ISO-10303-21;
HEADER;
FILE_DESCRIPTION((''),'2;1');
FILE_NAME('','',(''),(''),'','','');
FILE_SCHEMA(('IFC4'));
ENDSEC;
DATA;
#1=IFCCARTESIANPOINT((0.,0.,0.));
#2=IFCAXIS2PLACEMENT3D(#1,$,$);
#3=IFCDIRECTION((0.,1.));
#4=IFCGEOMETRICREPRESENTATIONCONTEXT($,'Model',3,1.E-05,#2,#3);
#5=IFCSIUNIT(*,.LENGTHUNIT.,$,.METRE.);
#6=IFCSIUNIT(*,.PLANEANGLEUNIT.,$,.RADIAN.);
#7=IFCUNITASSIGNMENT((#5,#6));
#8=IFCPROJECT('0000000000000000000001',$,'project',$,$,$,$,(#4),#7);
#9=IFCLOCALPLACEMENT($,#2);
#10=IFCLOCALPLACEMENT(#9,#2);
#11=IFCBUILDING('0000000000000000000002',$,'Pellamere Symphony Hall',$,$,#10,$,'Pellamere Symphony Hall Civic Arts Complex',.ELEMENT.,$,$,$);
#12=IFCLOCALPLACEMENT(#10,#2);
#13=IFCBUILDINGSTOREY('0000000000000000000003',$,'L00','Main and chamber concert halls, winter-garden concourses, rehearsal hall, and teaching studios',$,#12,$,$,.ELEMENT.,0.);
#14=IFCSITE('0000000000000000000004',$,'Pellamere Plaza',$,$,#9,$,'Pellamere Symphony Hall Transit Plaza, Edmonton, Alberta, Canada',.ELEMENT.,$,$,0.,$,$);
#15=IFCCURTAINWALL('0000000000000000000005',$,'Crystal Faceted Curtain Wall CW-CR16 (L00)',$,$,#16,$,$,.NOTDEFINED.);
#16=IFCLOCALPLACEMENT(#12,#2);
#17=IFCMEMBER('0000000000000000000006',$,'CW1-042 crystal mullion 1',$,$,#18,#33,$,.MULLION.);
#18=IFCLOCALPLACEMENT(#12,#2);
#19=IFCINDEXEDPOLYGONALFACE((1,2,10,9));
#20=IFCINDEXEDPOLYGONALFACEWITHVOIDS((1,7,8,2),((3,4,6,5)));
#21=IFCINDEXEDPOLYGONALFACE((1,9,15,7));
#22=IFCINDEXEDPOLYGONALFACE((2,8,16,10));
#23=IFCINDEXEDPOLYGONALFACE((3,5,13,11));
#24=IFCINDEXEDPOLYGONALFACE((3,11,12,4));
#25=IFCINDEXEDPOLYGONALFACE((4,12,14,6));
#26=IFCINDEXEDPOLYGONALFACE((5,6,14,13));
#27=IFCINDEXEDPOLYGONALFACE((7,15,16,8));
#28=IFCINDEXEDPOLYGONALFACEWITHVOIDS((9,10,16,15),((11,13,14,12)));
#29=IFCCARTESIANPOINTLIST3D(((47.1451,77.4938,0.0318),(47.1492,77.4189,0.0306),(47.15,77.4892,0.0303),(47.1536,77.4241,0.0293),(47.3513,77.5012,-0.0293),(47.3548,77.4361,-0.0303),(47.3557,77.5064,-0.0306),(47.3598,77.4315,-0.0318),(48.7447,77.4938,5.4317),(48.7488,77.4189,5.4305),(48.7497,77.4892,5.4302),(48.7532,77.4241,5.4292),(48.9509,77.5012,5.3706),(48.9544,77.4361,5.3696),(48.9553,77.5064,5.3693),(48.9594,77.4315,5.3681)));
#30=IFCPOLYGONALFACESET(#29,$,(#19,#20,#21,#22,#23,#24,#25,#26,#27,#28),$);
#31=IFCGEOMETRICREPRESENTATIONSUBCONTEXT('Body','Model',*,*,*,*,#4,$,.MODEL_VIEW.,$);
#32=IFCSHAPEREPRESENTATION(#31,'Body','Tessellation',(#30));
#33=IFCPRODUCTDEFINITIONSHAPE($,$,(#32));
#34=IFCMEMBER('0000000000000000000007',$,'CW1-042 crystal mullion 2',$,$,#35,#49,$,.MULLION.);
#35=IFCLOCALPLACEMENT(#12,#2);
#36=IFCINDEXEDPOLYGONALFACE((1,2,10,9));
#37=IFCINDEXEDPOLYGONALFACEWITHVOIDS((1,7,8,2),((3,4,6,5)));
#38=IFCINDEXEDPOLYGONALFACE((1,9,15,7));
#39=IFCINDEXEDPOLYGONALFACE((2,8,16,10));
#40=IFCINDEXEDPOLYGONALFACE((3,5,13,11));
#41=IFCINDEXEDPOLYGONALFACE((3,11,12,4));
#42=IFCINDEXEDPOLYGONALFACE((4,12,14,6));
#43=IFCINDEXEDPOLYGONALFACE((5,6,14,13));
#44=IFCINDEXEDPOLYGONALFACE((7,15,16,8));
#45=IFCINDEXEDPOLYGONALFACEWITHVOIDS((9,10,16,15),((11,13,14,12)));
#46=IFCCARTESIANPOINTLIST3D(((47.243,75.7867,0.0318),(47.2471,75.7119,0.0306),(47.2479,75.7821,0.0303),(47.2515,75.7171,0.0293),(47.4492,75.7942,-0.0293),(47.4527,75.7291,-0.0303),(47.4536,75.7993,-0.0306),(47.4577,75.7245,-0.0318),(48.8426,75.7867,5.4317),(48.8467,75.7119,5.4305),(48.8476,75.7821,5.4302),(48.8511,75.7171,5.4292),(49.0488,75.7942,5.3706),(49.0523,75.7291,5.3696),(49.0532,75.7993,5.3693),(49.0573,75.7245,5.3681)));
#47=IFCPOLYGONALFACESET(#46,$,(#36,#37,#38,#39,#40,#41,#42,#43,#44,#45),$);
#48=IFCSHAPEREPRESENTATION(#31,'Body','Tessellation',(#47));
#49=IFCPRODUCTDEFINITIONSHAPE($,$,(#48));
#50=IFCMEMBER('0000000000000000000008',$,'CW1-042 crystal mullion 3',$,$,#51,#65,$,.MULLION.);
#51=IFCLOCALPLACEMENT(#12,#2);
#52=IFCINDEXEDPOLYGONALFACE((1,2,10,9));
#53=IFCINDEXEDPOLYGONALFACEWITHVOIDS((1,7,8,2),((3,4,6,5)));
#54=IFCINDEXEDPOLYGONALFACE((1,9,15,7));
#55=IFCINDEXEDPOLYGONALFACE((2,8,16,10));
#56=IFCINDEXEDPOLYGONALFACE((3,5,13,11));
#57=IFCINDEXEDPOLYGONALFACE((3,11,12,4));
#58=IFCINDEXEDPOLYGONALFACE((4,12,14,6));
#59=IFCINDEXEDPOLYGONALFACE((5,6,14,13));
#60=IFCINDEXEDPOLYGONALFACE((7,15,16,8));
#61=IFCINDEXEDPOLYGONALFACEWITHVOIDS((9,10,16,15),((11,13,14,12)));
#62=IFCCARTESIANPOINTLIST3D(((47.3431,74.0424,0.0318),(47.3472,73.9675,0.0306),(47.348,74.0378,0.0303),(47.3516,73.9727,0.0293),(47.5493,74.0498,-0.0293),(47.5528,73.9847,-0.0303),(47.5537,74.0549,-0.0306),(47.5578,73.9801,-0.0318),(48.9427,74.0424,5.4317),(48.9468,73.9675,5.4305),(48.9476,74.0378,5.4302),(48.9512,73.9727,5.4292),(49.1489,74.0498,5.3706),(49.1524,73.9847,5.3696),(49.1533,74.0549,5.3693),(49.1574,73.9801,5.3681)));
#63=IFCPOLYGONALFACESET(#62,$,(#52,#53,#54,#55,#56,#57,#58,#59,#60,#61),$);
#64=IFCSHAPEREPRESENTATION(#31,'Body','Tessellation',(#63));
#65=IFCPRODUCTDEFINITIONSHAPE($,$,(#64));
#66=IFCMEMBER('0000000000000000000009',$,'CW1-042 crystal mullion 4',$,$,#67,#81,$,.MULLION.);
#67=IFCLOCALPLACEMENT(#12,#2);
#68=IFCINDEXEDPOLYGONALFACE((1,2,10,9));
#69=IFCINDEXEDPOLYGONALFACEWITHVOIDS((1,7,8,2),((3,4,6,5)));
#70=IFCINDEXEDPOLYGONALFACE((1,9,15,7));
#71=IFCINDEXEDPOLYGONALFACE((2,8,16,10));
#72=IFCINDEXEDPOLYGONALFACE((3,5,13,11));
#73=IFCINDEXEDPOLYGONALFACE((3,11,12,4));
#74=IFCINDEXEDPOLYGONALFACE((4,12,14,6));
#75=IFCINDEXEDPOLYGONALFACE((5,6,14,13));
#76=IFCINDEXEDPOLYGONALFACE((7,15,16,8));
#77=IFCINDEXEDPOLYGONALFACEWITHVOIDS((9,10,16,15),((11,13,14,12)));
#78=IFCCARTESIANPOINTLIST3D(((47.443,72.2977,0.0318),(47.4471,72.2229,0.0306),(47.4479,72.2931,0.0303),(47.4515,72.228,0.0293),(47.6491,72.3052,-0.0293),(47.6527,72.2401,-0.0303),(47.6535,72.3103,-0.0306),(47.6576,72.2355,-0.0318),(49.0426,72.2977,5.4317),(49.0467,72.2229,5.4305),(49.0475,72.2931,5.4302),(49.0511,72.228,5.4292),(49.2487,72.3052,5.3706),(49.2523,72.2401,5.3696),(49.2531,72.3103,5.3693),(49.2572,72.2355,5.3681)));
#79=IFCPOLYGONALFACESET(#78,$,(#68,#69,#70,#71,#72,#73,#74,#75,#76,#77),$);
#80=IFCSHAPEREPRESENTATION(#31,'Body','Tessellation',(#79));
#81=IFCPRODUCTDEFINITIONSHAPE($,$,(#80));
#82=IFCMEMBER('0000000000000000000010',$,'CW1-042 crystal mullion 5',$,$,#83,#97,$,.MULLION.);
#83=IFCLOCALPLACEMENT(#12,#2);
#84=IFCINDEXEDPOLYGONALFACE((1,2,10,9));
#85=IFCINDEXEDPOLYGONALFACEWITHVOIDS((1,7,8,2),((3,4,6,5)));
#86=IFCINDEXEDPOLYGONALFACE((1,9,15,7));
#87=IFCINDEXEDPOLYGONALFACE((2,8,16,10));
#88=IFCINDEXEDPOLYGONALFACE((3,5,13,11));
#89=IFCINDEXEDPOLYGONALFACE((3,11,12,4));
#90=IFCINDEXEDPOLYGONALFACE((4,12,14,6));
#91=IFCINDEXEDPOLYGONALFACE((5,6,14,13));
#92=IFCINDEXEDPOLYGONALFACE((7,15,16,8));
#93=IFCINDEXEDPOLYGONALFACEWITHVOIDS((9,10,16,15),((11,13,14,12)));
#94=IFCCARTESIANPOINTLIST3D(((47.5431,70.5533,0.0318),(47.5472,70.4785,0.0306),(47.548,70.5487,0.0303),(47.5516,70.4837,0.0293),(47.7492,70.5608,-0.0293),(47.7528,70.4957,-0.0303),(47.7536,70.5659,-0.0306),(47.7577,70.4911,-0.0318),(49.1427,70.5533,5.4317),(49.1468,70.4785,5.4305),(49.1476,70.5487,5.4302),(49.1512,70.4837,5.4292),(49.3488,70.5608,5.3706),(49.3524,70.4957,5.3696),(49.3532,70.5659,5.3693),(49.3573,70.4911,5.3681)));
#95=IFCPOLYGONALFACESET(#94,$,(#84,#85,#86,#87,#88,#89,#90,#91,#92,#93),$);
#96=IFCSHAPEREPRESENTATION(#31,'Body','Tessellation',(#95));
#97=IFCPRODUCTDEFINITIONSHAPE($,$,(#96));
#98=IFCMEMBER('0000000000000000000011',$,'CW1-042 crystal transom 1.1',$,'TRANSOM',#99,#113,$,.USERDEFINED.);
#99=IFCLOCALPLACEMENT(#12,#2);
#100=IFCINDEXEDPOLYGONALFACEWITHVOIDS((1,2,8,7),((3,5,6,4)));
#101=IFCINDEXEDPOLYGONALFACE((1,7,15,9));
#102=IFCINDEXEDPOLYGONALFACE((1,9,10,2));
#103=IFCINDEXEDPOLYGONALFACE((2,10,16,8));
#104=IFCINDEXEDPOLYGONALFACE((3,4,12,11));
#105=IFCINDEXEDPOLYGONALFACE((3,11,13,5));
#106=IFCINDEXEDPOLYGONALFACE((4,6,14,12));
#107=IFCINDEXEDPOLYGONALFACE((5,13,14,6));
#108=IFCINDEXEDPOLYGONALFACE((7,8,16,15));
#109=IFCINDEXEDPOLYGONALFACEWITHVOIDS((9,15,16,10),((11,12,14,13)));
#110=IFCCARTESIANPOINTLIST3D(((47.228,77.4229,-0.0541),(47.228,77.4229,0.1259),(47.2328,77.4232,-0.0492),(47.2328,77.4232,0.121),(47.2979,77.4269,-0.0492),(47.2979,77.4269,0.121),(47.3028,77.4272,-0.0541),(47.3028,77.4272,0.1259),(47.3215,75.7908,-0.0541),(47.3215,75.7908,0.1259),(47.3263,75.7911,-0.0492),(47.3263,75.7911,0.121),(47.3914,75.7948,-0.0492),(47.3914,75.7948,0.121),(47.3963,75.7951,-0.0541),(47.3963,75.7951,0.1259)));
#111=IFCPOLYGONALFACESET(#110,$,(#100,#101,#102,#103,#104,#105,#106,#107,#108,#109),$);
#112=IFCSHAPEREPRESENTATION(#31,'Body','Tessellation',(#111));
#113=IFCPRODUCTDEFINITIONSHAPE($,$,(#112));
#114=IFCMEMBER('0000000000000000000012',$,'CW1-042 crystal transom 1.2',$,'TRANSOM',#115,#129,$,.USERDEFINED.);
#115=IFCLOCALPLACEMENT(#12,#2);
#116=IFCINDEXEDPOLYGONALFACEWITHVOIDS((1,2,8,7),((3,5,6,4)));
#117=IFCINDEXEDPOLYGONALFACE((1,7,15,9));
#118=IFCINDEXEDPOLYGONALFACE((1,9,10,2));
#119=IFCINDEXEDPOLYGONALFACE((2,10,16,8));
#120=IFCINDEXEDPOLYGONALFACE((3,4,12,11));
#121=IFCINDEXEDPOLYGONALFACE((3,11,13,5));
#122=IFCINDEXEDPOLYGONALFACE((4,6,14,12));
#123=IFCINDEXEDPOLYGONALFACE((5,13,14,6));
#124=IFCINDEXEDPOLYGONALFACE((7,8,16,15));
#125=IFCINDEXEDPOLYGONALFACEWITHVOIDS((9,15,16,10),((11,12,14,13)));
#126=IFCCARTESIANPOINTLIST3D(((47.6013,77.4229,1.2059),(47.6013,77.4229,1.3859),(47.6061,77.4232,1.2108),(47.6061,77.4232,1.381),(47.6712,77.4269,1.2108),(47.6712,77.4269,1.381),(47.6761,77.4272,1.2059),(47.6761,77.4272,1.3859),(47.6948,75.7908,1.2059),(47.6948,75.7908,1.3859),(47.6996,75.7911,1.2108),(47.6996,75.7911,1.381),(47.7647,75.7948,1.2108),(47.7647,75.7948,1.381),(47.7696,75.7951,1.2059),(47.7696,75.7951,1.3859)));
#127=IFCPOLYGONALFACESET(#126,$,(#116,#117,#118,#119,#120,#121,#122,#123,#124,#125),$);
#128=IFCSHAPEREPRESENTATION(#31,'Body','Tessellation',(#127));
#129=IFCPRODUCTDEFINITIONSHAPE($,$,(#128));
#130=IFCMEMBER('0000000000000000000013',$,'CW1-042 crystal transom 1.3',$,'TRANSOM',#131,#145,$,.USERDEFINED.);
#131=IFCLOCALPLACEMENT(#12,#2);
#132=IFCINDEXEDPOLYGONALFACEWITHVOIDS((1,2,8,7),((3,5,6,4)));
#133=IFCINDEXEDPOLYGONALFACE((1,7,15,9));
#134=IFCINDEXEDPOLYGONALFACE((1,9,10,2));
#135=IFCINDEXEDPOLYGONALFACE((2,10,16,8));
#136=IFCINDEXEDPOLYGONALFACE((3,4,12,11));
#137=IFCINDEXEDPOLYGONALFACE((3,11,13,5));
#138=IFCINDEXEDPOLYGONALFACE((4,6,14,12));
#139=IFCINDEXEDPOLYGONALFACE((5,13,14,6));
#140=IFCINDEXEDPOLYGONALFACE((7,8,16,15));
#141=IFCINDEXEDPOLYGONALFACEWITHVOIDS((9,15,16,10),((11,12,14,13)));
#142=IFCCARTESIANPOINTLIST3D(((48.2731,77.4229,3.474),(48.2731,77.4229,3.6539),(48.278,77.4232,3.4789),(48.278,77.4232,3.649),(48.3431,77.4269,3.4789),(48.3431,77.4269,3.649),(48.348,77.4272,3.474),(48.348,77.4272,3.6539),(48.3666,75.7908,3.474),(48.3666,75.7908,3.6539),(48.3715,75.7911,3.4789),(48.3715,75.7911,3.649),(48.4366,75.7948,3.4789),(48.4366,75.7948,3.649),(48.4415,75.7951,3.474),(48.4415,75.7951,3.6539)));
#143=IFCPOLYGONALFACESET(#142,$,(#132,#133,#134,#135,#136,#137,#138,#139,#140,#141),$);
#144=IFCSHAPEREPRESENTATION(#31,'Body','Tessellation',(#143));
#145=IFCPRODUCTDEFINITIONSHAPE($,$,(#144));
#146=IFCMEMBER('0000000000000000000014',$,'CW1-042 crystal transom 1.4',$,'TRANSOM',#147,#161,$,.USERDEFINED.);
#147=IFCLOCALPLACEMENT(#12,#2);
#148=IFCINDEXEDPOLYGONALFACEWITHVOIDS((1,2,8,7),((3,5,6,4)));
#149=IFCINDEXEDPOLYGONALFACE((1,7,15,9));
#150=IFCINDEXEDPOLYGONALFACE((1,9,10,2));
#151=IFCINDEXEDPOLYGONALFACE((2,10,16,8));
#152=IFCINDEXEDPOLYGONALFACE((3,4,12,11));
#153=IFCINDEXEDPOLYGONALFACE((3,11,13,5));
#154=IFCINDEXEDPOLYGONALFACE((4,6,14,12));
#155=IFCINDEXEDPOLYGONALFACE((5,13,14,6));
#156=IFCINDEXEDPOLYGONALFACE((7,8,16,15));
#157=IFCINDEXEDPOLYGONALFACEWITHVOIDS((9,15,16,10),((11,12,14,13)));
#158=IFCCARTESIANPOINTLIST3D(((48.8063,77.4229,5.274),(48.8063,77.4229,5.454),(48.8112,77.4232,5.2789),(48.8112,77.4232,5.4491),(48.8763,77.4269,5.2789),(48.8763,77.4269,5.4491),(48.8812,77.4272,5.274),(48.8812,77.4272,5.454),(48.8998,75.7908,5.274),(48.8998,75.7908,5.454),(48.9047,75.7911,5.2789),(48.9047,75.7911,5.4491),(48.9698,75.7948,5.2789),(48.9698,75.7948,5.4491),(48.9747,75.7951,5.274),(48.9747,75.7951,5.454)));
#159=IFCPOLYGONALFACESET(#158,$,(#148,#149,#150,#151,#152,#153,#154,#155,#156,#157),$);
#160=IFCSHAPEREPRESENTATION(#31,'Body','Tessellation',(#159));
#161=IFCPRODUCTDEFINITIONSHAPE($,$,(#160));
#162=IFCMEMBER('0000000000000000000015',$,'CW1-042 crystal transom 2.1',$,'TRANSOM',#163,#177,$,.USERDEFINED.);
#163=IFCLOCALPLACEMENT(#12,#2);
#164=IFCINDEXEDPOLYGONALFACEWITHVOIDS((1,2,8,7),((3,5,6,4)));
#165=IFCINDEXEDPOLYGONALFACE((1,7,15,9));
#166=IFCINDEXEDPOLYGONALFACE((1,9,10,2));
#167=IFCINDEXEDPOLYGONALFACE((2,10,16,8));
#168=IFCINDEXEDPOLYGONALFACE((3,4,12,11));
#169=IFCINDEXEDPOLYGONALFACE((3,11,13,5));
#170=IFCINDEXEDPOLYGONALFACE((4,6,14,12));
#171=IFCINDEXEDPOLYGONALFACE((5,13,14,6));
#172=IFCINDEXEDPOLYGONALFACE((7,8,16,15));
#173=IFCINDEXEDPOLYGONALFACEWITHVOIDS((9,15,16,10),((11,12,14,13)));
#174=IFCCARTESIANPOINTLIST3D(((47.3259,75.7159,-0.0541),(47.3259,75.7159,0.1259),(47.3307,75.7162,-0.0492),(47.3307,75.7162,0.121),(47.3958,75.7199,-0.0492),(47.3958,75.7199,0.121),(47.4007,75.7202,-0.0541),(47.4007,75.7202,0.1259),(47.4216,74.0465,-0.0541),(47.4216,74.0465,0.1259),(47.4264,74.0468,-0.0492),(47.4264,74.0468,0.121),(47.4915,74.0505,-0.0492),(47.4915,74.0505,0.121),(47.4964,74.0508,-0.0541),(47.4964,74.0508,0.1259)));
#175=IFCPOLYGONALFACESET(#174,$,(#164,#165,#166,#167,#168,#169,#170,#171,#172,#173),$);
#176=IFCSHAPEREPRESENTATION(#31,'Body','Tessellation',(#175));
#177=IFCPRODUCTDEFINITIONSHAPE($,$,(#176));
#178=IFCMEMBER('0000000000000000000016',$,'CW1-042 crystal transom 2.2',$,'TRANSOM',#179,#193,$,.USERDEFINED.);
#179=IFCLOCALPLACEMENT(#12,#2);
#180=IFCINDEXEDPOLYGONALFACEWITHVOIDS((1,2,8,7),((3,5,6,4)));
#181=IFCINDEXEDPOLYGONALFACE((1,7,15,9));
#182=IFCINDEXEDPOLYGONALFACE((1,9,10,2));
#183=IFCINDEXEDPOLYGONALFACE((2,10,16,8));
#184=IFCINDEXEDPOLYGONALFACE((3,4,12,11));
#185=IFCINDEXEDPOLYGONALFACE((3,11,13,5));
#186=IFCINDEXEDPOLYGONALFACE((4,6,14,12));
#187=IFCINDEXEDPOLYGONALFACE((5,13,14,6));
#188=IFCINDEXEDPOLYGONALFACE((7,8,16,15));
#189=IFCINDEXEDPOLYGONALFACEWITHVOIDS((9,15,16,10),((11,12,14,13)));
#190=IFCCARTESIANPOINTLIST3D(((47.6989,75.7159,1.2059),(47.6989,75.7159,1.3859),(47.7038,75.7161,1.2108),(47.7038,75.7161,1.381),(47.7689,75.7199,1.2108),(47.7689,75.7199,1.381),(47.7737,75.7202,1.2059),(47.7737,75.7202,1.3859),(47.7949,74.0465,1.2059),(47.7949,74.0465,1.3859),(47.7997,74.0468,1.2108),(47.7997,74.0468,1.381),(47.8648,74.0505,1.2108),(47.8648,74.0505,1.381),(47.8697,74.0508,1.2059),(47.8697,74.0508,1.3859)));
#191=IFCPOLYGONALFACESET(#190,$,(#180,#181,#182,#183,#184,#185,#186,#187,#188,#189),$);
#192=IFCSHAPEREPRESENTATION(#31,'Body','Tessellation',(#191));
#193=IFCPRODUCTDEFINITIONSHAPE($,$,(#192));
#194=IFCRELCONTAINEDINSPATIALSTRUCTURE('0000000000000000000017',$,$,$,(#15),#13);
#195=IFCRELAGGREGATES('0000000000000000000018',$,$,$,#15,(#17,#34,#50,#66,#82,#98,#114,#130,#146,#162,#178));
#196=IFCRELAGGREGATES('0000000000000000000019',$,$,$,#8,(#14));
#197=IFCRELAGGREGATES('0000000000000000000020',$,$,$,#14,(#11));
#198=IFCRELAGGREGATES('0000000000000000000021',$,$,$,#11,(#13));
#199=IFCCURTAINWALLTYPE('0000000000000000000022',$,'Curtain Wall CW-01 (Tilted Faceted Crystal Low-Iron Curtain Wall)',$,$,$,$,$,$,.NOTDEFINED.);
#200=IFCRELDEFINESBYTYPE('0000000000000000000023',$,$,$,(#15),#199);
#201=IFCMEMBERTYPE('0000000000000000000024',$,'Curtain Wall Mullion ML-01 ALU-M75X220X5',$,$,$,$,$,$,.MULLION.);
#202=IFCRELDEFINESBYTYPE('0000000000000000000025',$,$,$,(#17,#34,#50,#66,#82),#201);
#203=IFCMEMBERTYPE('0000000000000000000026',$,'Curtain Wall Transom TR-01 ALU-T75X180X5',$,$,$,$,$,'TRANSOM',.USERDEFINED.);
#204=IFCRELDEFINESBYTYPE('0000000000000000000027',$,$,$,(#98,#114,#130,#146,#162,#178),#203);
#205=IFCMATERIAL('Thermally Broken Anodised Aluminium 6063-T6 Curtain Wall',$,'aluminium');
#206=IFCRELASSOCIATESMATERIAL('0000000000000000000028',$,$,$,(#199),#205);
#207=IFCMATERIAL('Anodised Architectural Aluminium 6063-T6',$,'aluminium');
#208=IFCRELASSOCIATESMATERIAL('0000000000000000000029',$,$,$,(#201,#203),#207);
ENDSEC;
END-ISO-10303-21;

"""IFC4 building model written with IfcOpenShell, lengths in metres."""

from ifc_helpers import new_model, si_unit, direction, frame, origin, origin_2d, place, context, subcontext, project, spatial, hollow_rectangle, extrude, material, material_profile, profile_set, type_object, element, aggregate, save


model = new_model("IFC4")

# Units and contexts
model_context = context("Model", 3, precision=1e-05, world=origin(), true_north=direction((0.0, 1.0)))
body_context = subcontext(model_context, "Body", "Model", "MODEL_VIEW")
ifc_project = project(units=[si_unit("LENGTHUNIT", "METRE"), si_unit("PLANEANGLEUNIT", "RADIAN")], contexts=[model_context])

# Site, building, storey
site_placement = place(None, origin())
site = spatial("IfcSite", under=ifc_project, at=site_placement, Name="Pellamere Plaza", LongName="Pellamere Symphony Hall Transit Plaza, Edmonton, Alberta, Canada", CompositionType="ELEMENT", RefElevation=0.0)
building_placement = place(site_placement, origin())
building = spatial("IfcBuilding", under=site, at=building_placement, Name="Pellamere Symphony Hall", LongName="Pellamere Symphony Hall Civic Arts Complex", CompositionType="ELEMENT")
storey_placement = place(building_placement, origin())
storey = spatial("IfcBuildingStorey", under=building, at=storey_placement, Name="L00", Description="Main and chamber concert halls, winter-garden concourses, rehearsal hall, and teaching studios", CompositionType="ELEMENT", Elevation=0.0)

# Curtain wall, members
ifc_material_1 = material(Name="Thermally Broken Anodised Aluminium 6063-T6 Curtain Wall", Category="aluminium")
curtain_wall_type = type_object("IfcCurtainWallType", Name="Curtain Wall CW-01 (Tilted Faceted Crystal Low-Iron Curtain Wall)", PredefinedType="NOTDEFINED", material=ifc_material_1)
curtain_wall_placement = place(storey_placement, origin())
curtain_wall = element("IfcCurtainWall", 1, at=curtain_wall_placement, inside=storey, type_object=curtain_wall_type, Name="Crystal Faceted Curtain Wall CW-CR16 (L00)", PredefinedType="NOTDEFINED")
ifc_material_2 = material(Name="Anodised Architectural Aluminium 6063-T6", Category="aluminium")
ifc_material_profile_1 = material_profile(ifc_material_2, hollow_rectangle(XDim=0.075, YDim=0.22, WallThickness=0.0049, at=origin_2d()), Name="ALU-M75X220X5")
ifc_profile_set_1 = profile_set([ifc_material_profile_1], Name="Anodised Architectural Aluminium 6063-T6")
member_type_1 = type_object("IfcMemberType", Name="Curtain Wall Mullion ML-01 ALU-M75X220X5", PredefinedType="MULLION", material=ifc_profile_set_1)
member_1_placement = place(storey_placement, frame((47.2524, 77.4626, 0.0), z_axis=(0.284029, 0.0, 0.958816), x_axis=(-0.054874, 0.998361, 0.016255)))
member_1 = element("IfcMember", 2, at=member_1_placement, type_object=member_type_1, Name="CW1-042 crystal mullion 1", PredefinedType="MULLION", context=body_context, shape_type="SweptSolid", body=[
    extrude(hollow_rectangle(XDim=0.075, YDim=0.22, WallThickness=0.0049, at=origin_2d()), origin(), (0.0, 0.0, 1.0), 5.6318),
])
member_2_placement = place(storey_placement, frame((47.3503, 75.7556, 0.0), z_axis=(0.284029, 0.0, 0.958816), x_axis=(-0.054874, 0.998361, 0.016255)))
member_2 = element("IfcMember", 3, at=member_2_placement, type_object=member_type_1, Name="CW1-042 crystal mullion 2", PredefinedType="MULLION", context=body_context, shape_type="SweptSolid", body=[
    extrude(hollow_rectangle(XDim=0.075, YDim=0.22, WallThickness=0.0049, at=origin_2d()), origin(), (0.0, 0.0, 1.0), 5.6318),
])
member_3_placement = place(storey_placement, frame((47.4504, 74.0112, 0.0), z_axis=(0.284029, 0.0, 0.958816), x_axis=(-0.054874, 0.998361, 0.016255)))
member_3 = element("IfcMember", 4, at=member_3_placement, type_object=member_type_1, Name="CW1-042 crystal mullion 3", PredefinedType="MULLION", context=body_context, shape_type="SweptSolid", body=[
    extrude(hollow_rectangle(XDim=0.075, YDim=0.22, WallThickness=0.0049, at=origin_2d()), origin(), (0.0, 0.0, 1.0), 5.6318),
])
member_4_placement = place(storey_placement, frame((47.5503, 72.2666, 0.0), z_axis=(0.284029, 0.0, 0.958816), x_axis=(-0.054874, 0.998361, 0.016255)))
member_4 = element("IfcMember", 5, at=member_4_placement, type_object=member_type_1, Name="CW1-042 crystal mullion 4", PredefinedType="MULLION", context=body_context, shape_type="SweptSolid", body=[
    extrude(hollow_rectangle(XDim=0.075, YDim=0.22, WallThickness=0.0049, at=origin_2d()), origin(), (0.0, 0.0, 1.0), 5.6318),
])
member_5_placement = place(storey_placement, frame((47.6504, 70.5222, 0.0), z_axis=(0.284029, 0.0, 0.958816), x_axis=(-0.054874, 0.998361, 0.016255)))
member_5 = element("IfcMember", 6, at=member_5_placement, type_object=member_type_1, Name="CW1-042 crystal mullion 5", PredefinedType="MULLION", context=body_context, shape_type="SweptSolid", body=[
    extrude(hollow_rectangle(XDim=0.075, YDim=0.22, WallThickness=0.0049, at=origin_2d()), origin(), (0.0, 0.0, 1.0), 5.6318),
])
ifc_material_profile_2 = material_profile(ifc_material_2, hollow_rectangle(XDim=0.075, YDim=0.1799, WallThickness=0.0049, at=origin_2d()), Name="ALU-T75X180X5")
ifc_profile_set_2 = profile_set([ifc_material_profile_2], Name="Anodised Architectural Aluminium 6063-T6")
member_type_2 = type_object("IfcMemberType", Name="Curtain Wall Transom TR-01 ALU-T75X180X5", ElementType="TRANSOM", PredefinedType="USERDEFINED", material=ifc_profile_set_2)
member_6_placement = place(storey_placement, frame((47.2654, 77.425, 0.0359), z_axis=(0.057199, -0.998363, 0.0), x_axis=(0.998363, 0.057199, 0.0)))
member_6 = element("IfcMember", 7, at=member_6_placement, type_object=member_type_2, Name="CW1-042 crystal transom 1.1", ObjectType="TRANSOM", PredefinedType="USERDEFINED", context=body_context, shape_type="SweptSolid", body=[
    extrude(hollow_rectangle(XDim=0.075, YDim=0.1799, WallThickness=0.0049, at=origin_2d()), origin(), (0.0, 0.0, 1.0), 1.6348),
])
member_7_placement = place(storey_placement, frame((47.6387, 77.425, 1.2959), z_axis=(0.057199, -0.998363, 0.0), x_axis=(0.998363, 0.057199, 0.0)))
member_7 = element("IfcMember", 8, at=member_7_placement, type_object=member_type_2, Name="CW1-042 crystal transom 1.2", ObjectType="TRANSOM", PredefinedType="USERDEFINED", context=body_context, shape_type="SweptSolid", body=[
    extrude(hollow_rectangle(XDim=0.075, YDim=0.1799, WallThickness=0.0049, at=origin_2d()), origin(), (0.0, 0.0, 1.0), 1.6348),
])
member_8_placement = place(storey_placement, frame((48.3105, 77.425, 3.564), z_axis=(0.057199, -0.998363, 0.0), x_axis=(0.998363, 0.057199, 0.0)))
member_8 = element("IfcMember", 9, at=member_8_placement, type_object=member_type_2, Name="CW1-042 crystal transom 1.3", ObjectType="TRANSOM", PredefinedType="USERDEFINED", context=body_context, shape_type="SweptSolid", body=[
    extrude(hollow_rectangle(XDim=0.075, YDim=0.1799, WallThickness=0.0049, at=origin_2d()), origin(), (0.0, 0.0, 1.0), 1.6348),
])
member_9_placement = place(storey_placement, frame((48.8438, 77.425, 5.364), z_axis=(0.057199, -0.998363, 0.0), x_axis=(0.998363, 0.057199, 0.0)))
member_9 = element("IfcMember", 10, at=member_9_placement, type_object=member_type_2, Name="CW1-042 crystal transom 1.4", ObjectType="TRANSOM", PredefinedType="USERDEFINED", context=body_context, shape_type="SweptSolid", body=[
    extrude(hollow_rectangle(XDim=0.075, YDim=0.1799, WallThickness=0.0049, at=origin_2d()), origin(), (0.0, 0.0, 1.0), 1.6348),
])
member_10_placement = place(storey_placement, frame((47.3633, 75.718, 0.0359), z_axis=(0.057233, -0.998361, 0.0), x_axis=(0.998361, 0.057233, 0.0)))
member_10 = element("IfcMember", 11, at=member_10_placement, type_object=member_type_2, Name="CW1-042 crystal transom 2.1", ObjectType="TRANSOM", PredefinedType="USERDEFINED", context=body_context, shape_type="SweptSolid", body=[
    extrude(hollow_rectangle(XDim=0.075, YDim=0.1799, WallThickness=0.0049, at=origin_2d()), origin(), (0.0, 0.0, 1.0), 1.6721),
])
member_11_placement = place(storey_placement, frame((47.7363, 75.718, 1.2959), z_axis=(0.057378, -0.998353, 0.0), x_axis=(0.998353, 0.057378, 0.0)))
member_11 = element("IfcMember", 12, at=member_11_placement, type_object=member_type_2, Name="CW1-042 crystal transom 2.2", ObjectType="TRANSOM", PredefinedType="USERDEFINED", context=body_context, shape_type="SweptSolid", body=[
    extrude(hollow_rectangle(XDim=0.075, YDim=0.1799, WallThickness=0.0049, at=origin_2d()), origin(), (0.0, 0.0, 1.0), 1.6721),
])

aggregate(curtain_wall, [member_1, member_2, member_3, member_4, member_5, member_6, member_7, member_8, member_9, member_10, member_11])

save(model, "model.ifc")
